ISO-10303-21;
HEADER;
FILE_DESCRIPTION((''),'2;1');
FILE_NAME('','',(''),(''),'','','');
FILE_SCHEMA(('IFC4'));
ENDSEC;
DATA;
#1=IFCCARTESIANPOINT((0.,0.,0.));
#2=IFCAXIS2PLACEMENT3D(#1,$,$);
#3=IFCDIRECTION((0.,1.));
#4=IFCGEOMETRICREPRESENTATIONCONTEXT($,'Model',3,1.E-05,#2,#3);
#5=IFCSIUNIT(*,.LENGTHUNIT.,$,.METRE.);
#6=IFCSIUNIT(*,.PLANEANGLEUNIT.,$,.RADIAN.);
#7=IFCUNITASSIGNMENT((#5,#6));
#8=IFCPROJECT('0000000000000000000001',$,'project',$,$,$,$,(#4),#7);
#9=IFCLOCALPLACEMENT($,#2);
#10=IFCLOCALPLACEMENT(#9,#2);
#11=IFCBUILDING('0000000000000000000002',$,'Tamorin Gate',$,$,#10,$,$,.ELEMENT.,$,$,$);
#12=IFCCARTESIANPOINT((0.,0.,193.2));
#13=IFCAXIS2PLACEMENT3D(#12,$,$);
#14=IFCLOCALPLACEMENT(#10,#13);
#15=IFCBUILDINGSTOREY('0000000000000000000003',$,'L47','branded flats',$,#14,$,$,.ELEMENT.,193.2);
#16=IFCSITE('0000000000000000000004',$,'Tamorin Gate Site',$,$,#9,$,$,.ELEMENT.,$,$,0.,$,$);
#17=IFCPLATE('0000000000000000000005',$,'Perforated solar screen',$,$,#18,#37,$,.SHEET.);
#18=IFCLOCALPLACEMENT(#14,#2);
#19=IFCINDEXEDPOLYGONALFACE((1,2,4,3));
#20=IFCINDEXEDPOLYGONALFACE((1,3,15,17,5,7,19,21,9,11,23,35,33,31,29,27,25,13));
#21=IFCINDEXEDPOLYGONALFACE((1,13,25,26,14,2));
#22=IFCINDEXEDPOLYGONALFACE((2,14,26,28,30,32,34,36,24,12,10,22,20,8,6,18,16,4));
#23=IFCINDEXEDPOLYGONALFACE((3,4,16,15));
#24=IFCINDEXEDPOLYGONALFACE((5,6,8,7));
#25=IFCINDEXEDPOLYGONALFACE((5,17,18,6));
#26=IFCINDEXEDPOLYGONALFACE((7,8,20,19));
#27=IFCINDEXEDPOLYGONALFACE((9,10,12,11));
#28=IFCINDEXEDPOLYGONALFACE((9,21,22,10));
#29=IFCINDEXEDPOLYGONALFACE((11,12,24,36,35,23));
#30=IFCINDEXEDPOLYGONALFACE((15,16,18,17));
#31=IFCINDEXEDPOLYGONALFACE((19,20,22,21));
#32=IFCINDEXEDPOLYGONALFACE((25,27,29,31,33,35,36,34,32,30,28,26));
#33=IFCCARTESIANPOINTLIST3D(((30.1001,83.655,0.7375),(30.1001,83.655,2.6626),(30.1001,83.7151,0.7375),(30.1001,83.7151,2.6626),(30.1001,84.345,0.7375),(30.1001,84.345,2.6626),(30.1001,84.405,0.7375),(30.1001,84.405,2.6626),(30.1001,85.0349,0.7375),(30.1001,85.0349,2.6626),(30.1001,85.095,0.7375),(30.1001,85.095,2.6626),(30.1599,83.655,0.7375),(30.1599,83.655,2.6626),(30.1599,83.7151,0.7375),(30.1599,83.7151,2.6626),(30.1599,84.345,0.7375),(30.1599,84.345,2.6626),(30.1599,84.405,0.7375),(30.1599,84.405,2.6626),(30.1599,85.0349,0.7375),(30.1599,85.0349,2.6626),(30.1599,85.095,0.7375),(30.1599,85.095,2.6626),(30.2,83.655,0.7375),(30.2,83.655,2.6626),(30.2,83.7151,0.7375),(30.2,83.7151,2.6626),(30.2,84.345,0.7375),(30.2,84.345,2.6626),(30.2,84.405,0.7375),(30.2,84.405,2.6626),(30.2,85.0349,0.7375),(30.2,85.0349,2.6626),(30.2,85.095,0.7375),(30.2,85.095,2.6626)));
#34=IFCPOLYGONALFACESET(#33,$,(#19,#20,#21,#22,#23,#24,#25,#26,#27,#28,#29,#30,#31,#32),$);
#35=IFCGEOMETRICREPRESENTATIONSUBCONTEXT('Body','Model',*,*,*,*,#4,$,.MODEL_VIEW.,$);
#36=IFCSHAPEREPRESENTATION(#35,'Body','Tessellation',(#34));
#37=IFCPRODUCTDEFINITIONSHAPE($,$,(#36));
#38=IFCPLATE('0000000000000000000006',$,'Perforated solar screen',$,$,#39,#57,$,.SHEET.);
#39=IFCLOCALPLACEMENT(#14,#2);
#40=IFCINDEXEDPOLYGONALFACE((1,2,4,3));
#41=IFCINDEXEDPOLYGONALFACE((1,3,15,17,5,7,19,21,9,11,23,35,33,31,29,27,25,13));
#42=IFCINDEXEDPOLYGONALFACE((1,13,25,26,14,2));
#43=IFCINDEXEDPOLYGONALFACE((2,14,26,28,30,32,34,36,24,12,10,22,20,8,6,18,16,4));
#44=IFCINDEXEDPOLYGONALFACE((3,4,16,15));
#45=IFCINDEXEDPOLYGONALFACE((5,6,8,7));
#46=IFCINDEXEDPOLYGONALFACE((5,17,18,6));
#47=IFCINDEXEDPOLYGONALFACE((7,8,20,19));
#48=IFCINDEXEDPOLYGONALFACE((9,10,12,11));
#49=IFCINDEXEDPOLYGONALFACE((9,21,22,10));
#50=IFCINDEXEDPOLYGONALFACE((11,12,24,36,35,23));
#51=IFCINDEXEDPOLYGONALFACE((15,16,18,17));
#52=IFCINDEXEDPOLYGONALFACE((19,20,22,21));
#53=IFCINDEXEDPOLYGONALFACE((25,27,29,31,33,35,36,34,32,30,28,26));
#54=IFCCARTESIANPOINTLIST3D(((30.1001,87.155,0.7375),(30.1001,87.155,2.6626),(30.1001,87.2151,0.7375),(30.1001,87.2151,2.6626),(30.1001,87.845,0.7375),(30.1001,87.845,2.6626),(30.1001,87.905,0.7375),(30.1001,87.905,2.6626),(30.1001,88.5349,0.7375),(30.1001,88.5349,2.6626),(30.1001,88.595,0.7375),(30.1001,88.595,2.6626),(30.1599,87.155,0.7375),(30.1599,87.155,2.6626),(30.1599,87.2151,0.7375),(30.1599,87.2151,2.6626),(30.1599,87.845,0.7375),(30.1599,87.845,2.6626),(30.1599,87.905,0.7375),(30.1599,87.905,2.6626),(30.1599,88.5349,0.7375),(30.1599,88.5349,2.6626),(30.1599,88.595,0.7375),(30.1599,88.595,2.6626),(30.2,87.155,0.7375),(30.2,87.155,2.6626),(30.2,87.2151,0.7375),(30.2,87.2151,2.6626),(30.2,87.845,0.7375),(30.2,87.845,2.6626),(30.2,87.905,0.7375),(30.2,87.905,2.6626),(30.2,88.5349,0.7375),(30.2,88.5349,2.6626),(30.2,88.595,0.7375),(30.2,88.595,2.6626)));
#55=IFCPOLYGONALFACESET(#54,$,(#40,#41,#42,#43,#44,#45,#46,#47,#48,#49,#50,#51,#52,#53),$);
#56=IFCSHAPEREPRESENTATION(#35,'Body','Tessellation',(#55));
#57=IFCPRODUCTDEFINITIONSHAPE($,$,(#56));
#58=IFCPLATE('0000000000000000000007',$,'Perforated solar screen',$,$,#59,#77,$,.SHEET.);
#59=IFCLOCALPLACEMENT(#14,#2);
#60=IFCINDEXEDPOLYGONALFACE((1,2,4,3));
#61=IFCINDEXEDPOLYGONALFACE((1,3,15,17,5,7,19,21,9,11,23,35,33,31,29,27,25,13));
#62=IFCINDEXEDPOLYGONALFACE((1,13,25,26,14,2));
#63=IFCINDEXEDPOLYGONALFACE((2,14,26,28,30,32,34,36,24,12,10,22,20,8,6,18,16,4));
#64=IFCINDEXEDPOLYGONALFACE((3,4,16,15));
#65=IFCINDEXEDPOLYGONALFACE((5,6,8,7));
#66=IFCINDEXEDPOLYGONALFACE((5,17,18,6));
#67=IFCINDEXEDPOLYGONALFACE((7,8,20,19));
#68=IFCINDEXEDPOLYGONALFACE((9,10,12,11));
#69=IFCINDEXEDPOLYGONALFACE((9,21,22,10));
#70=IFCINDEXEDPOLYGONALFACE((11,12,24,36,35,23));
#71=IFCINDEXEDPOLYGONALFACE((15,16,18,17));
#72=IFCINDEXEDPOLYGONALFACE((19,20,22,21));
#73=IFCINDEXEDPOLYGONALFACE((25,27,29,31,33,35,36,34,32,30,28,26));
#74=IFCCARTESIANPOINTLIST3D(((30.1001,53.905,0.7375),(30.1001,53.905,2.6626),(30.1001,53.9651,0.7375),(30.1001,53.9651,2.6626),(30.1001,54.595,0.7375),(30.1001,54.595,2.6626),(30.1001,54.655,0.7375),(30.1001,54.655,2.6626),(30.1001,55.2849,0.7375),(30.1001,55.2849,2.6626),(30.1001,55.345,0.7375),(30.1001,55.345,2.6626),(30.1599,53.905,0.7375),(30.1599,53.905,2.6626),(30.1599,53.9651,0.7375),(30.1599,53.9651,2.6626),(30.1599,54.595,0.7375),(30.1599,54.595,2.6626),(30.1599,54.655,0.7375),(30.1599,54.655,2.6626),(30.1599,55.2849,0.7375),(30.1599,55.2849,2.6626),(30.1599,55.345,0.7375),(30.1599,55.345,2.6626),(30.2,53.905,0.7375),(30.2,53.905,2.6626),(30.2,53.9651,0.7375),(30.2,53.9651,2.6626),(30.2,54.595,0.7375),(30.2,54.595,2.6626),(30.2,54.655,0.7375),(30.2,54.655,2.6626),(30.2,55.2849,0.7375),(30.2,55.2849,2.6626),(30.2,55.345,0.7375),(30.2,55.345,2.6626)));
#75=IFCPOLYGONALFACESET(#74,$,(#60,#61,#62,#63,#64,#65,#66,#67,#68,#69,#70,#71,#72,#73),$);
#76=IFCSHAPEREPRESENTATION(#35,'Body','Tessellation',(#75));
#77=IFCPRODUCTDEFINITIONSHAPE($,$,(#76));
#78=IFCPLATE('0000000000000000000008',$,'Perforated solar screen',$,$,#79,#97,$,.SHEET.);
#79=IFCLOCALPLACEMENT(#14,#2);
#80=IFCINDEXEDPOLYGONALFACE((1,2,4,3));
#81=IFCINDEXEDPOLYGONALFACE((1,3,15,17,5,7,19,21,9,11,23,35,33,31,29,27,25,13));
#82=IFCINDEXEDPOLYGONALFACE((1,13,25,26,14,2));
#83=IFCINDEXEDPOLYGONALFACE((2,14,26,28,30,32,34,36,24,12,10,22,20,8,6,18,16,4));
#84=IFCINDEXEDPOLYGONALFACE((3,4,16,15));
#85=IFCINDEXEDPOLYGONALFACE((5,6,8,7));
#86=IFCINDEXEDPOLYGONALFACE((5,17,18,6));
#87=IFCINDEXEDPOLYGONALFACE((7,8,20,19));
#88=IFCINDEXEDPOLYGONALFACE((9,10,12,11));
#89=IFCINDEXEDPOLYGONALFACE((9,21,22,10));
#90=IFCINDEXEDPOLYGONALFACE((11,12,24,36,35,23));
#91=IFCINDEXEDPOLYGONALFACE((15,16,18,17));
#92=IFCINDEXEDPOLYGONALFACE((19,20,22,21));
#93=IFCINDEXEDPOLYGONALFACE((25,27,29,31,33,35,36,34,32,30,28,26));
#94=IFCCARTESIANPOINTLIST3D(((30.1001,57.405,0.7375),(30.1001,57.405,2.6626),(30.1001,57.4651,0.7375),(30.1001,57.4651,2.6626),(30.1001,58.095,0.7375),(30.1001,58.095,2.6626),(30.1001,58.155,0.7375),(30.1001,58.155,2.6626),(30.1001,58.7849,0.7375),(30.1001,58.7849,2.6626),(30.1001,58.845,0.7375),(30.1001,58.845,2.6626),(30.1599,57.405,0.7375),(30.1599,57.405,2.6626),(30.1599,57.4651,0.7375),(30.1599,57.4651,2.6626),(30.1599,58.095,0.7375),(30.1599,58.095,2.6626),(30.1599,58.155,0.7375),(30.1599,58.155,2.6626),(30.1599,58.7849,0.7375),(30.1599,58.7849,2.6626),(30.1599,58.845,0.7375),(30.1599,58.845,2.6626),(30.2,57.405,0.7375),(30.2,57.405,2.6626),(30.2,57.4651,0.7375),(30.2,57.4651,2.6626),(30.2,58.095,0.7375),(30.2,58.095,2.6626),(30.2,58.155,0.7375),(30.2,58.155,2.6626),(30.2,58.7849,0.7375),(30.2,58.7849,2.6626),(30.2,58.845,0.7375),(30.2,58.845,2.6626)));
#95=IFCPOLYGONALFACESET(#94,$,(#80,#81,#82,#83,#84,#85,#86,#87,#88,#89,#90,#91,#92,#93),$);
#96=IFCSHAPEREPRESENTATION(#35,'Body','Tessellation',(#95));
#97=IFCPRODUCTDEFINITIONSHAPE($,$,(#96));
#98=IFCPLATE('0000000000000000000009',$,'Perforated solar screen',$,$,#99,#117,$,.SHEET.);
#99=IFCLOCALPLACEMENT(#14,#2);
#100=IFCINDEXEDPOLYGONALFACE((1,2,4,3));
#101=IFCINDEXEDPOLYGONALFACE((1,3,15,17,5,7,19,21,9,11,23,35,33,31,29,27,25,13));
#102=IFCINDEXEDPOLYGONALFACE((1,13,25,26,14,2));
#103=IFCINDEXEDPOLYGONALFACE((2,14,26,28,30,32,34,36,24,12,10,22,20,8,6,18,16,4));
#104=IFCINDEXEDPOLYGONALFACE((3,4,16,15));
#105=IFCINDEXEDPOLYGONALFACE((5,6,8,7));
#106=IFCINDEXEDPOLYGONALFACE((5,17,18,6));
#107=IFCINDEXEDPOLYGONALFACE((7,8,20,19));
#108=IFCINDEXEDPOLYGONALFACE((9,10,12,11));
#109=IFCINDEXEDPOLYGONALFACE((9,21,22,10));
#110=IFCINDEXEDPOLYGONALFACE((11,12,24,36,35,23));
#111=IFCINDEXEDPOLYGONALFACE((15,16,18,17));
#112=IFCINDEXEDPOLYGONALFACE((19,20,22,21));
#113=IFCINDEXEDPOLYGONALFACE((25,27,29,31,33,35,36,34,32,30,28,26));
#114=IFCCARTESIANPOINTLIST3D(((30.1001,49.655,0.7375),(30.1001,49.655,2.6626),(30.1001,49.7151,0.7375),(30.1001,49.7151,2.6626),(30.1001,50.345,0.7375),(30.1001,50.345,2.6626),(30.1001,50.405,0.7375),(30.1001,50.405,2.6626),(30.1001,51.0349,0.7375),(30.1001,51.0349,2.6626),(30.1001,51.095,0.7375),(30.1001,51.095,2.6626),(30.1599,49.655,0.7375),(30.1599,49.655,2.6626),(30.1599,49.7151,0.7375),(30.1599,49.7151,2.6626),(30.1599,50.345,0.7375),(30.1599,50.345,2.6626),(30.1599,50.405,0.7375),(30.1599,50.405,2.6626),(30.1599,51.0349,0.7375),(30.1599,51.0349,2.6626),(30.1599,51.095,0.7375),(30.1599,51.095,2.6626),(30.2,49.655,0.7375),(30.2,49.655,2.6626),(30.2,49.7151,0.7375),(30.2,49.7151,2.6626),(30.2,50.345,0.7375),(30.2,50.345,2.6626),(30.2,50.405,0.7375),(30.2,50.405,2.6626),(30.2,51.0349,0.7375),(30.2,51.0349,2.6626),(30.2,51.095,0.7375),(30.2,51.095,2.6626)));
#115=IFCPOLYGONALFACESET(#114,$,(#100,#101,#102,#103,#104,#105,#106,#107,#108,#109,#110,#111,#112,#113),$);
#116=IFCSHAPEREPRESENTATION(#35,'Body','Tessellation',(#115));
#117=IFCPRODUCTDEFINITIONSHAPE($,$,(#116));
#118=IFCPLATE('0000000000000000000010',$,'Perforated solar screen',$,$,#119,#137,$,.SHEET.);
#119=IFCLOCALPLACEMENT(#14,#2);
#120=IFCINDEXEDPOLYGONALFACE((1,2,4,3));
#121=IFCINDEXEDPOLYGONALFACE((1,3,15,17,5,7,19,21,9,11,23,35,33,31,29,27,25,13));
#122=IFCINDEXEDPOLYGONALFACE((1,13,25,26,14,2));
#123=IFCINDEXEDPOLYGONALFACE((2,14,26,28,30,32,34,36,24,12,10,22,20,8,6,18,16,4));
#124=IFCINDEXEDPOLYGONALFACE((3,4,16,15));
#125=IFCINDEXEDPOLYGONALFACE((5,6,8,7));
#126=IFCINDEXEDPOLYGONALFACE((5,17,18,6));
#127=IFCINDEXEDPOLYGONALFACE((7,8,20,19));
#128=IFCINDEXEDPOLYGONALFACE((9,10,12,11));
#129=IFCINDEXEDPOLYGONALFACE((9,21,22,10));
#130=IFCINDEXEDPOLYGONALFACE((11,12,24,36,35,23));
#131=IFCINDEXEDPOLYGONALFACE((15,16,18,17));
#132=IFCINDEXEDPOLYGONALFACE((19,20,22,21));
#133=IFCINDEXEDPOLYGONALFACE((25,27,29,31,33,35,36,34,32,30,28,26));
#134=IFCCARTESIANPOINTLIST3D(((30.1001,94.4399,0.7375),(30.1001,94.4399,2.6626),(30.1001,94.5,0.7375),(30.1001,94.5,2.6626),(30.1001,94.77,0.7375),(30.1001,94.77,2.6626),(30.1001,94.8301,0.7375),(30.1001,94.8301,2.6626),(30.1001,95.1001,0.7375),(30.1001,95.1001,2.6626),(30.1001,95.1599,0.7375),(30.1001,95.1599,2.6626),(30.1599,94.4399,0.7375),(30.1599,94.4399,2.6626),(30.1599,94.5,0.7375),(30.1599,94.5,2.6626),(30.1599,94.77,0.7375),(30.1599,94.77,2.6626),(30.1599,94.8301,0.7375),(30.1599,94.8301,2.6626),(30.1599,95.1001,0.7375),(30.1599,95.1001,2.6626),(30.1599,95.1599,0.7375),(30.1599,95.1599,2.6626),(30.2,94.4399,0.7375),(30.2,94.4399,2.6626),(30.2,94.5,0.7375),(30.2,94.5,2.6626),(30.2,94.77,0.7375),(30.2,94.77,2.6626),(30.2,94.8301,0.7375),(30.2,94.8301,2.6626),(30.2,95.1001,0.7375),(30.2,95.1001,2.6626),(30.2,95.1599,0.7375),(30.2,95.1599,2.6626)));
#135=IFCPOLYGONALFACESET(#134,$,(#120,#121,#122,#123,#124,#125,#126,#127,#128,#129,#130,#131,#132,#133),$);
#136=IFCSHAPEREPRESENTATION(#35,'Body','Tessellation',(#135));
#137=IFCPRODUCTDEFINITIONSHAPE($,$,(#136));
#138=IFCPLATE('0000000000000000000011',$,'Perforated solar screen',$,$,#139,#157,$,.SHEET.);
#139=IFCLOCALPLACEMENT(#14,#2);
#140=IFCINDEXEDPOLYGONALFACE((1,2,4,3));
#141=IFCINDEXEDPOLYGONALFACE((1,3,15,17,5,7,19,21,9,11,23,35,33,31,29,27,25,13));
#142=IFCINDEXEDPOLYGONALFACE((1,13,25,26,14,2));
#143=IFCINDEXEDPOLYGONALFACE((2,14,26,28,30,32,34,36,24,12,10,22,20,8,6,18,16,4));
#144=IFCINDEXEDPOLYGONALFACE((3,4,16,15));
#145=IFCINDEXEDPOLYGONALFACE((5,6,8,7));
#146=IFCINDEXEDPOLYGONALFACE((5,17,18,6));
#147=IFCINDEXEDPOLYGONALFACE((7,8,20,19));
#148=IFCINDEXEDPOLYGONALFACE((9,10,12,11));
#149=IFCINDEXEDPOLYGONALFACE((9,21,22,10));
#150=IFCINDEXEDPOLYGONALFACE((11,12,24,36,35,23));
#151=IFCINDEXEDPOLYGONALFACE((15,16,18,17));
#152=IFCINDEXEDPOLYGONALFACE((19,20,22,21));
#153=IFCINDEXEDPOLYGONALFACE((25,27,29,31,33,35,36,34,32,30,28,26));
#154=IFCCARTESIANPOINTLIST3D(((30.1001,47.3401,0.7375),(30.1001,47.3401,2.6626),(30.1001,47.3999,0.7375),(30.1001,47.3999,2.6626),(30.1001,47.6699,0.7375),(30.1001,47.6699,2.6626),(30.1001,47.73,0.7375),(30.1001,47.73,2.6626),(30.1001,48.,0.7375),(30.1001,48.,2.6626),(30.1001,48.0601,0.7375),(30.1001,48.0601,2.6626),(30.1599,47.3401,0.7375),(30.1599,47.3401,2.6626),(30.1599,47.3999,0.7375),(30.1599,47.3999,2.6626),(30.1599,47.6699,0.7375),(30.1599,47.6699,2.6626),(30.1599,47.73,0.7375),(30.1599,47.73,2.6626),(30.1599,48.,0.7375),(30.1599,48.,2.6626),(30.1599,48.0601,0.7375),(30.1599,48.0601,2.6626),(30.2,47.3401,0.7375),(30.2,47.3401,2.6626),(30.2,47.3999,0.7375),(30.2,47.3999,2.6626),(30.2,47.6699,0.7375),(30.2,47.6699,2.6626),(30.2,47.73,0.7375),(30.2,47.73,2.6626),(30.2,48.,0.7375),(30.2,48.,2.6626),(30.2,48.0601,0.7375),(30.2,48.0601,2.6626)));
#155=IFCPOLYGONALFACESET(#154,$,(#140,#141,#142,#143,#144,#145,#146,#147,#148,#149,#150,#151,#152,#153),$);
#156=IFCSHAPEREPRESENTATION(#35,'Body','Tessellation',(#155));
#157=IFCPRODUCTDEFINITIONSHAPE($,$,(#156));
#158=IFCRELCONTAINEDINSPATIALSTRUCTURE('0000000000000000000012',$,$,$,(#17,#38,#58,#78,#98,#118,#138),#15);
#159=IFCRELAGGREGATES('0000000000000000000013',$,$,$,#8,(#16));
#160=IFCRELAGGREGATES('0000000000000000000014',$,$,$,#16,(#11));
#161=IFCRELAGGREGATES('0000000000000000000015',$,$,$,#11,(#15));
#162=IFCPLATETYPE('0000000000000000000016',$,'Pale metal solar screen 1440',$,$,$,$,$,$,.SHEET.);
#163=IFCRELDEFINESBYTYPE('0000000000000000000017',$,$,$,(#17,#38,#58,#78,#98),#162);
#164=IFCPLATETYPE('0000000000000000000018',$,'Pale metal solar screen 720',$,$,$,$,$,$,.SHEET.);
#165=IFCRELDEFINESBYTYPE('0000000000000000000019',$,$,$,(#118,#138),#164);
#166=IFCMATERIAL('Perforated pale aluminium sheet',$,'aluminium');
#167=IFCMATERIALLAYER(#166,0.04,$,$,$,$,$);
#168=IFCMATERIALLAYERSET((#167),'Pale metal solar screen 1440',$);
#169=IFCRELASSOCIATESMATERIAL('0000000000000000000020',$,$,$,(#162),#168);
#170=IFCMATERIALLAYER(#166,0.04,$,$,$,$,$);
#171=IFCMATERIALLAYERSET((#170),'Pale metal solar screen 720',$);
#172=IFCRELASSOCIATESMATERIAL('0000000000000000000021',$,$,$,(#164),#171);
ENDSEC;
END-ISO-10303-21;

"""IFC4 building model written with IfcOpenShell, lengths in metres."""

from ifc_helpers import new_model, si_unit, direction, frame, origin, place, context, subcontext, project, spatial, polyline, outline, extrude, material, layer, layer_set, type_object, element, save


model = new_model("IFC4")

# Units and contexts
model_context = context("Model", 3, precision=1e-05, world=origin(), true_north=direction((0.0, 1.0)))
body_context = subcontext(model_context, "Body", "Model", "MODEL_VIEW")
ifc_project = project(units=[si_unit("LENGTHUNIT", "METRE"), si_unit("PLANEANGLEUNIT", "RADIAN")], contexts=[model_context])

# Site, building, storey
site_placement = place(None, origin())
site = spatial("IfcSite", under=ifc_project, at=site_placement, Name="Tamorin Gate Site", CompositionType="ELEMENT", RefElevation=0.0)
building_placement = place(site_placement, origin())
building = spatial("IfcBuilding", under=site, at=building_placement, Name="Tamorin Gate", CompositionType="ELEMENT")
storey_placement = place(building_placement, frame((0.0, 0.0, 193.2)))
storey = spatial("IfcBuildingStorey", under=building, at=storey_placement, Name="L47", Description="branded flats", CompositionType="ELEMENT", Elevation=193.2)

# Plates
ifc_material_1 = material(Name="Perforated pale aluminium sheet", Category="aluminium")
ifc_layer_1 = layer(ifc_material_1, 0.04)
ifc_layer_set_1 = layer_set([ifc_layer_1], Name="Pale metal solar screen 1440")
plate_type_1 = type_object("IfcPlateType", Name="Pale metal solar screen 1440", PredefinedType="SHEET", material=ifc_layer_set_1)
plate_1_placement = place(storey_placement, frame((0.0, 0.0, 0.7375)))
element("IfcPlate", 1, at=plate_1_placement, inside=storey, type_object=plate_type_1, Name="Perforated solar screen", PredefinedType="SHEET", context=body_context, shape_type="SweptSolid", body=[
    extrude(outline(polyline([(30.1599, 85.095), (30.2, 85.095), (30.2, 85.0349), (30.2, 84.405), (30.2, 84.345), (30.2, 83.7151), (30.2, 83.655), (30.1599, 83.655), (30.1001, 83.655), (30.1001, 83.7151), (30.1599, 83.7151), (30.1599, 84.345), (30.1001, 84.345), (30.1001, 84.405), (30.1599, 84.405), (30.1599, 85.0349), (30.1001, 85.0349), (30.1001, 85.095), (30.1599, 85.095)])), origin(), (0.0, 0.0, 1.0), 1.925),
])
plate_2_placement = place(storey_placement, frame((0.0, 0.0, 0.7375)))
element("IfcPlate", 2, at=plate_2_placement, inside=storey, type_object=plate_type_1, Name="Perforated solar screen", PredefinedType="SHEET", context=body_context, shape_type="SweptSolid", body=[
    extrude(outline(polyline([(30.1599, 88.595), (30.2, 88.595), (30.2, 88.5349), (30.2, 87.905), (30.2, 87.845), (30.2, 87.2151), (30.2, 87.155), (30.1599, 87.155), (30.1001, 87.155), (30.1001, 87.2151), (30.1599, 87.2151), (30.1599, 87.845), (30.1001, 87.845), (30.1001, 87.905), (30.1599, 87.905), (30.1599, 88.5349), (30.1001, 88.5349), (30.1001, 88.595), (30.1599, 88.595)])), origin(), (0.0, 0.0, 1.0), 1.925),
])
plate_3_placement = place(storey_placement, frame((0.0, 0.0, 0.7375)))
element("IfcPlate", 3, at=plate_3_placement, inside=storey, type_object=plate_type_1, Name="Perforated solar screen", PredefinedType="SHEET", context=body_context, shape_type="SweptSolid", body=[
    extrude(outline(polyline([(30.1599, 55.345), (30.2, 55.345), (30.2, 55.2849), (30.2, 54.655), (30.2, 54.595), (30.2, 53.9651), (30.2, 53.905), (30.1599, 53.905), (30.1001, 53.905), (30.1001, 53.9651), (30.1599, 53.9651), (30.1599, 54.595), (30.1001, 54.595), (30.1001, 54.655), (30.1599, 54.655), (30.1599, 55.2849), (30.1001, 55.2849), (30.1001, 55.345), (30.1599, 55.345)])), origin(), (0.0, 0.0, 1.0), 1.925),
])
plate_4_placement = place(storey_placement, frame((0.0, 0.0, 0.7375)))
element("IfcPlate", 4, at=plate_4_placement, inside=storey, type_object=plate_type_1, Name="Perforated solar screen", PredefinedType="SHEET", context=body_context, shape_type="SweptSolid", body=[
    extrude(outline(polyline([(30.1599, 58.845), (30.2, 58.845), (30.2, 58.7849), (30.2, 58.155), (30.2, 58.095), (30.2, 57.4651), (30.2, 57.405), (30.1599, 57.405), (30.1001, 57.405), (30.1001, 57.4651), (30.1599, 57.4651), (30.1599, 58.095), (30.1001, 58.095), (30.1001, 58.155), (30.1599, 58.155), (30.1599, 58.7849), (30.1001, 58.7849), (30.1001, 58.845), (30.1599, 58.845)])), origin(), (0.0, 0.0, 1.0), 1.925),
])
plate_5_placement = place(storey_placement, frame((0.0, 0.0, 0.7375)))
element("IfcPlate", 5, at=plate_5_placement, inside=storey, type_object=plate_type_1, Name="Perforated solar screen", PredefinedType="SHEET", context=body_context, shape_type="SweptSolid", body=[
    extrude(outline(polyline([(30.1599, 51.095), (30.2, 51.095), (30.2, 51.0349), (30.2, 50.405), (30.2, 50.345), (30.2, 49.7151), (30.2, 49.655), (30.1599, 49.655), (30.1001, 49.655), (30.1001, 49.7151), (30.1599, 49.7151), (30.1599, 50.345), (30.1001, 50.345), (30.1001, 50.405), (30.1599, 50.405), (30.1599, 51.0349), (30.1001, 51.0349), (30.1001, 51.095), (30.1599, 51.095)])), origin(), (0.0, 0.0, 1.0), 1.925),
])
ifc_layer_2 = layer(ifc_material_1, 0.04)
ifc_layer_set_2 = layer_set([ifc_layer_2], Name="Pale metal solar screen 720")
plate_type_2 = type_object("IfcPlateType", Name="Pale metal solar screen 720", PredefinedType="SHEET", material=ifc_layer_set_2)
plate_6_placement = place(storey_placement, frame((0.0, 0.0, 0.7375)))
element("IfcPlate", 6, at=plate_6_placement, inside=storey, type_object=plate_type_2, Name="Perforated solar screen", PredefinedType="SHEET", context=body_context, shape_type="SweptSolid", body=[
    extrude(outline(polyline([(30.1599, 95.1599), (30.2, 95.1599), (30.2, 95.1001), (30.2, 94.8301), (30.2, 94.77), (30.2, 94.5), (30.2, 94.4399), (30.1599, 94.4399), (30.1001, 94.4399), (30.1001, 94.5), (30.1599, 94.5), (30.1599, 94.77), (30.1001, 94.77), (30.1001, 94.8301), (30.1599, 94.8301), (30.1599, 95.1001), (30.1001, 95.1001), (30.1001, 95.1599), (30.1599, 95.1599)])), origin(), (0.0, 0.0, 1.0), 1.925),
])
plate_7_placement = place(storey_placement, frame((0.0, 0.0, 0.7375)))
element("IfcPlate", 7, at=plate_7_placement, inside=storey, type_object=plate_type_2, Name="Perforated solar screen", PredefinedType="SHEET", context=body_context, shape_type="SweptSolid", body=[
    extrude(outline(polyline([(30.1599, 48.0601), (30.2, 48.0601), (30.2, 48.0), (30.2, 47.73), (30.2, 47.6699), (30.2, 47.3999), (30.2, 47.3401), (30.1599, 47.3401), (30.1001, 47.3401), (30.1001, 47.3999), (30.1599, 47.3999), (30.1599, 47.6699), (30.1001, 47.6699), (30.1001, 47.73), (30.1599, 47.73), (30.1599, 48.0), (30.1001, 48.0), (30.1001, 48.0601), (30.1599, 48.0601)])), origin(), (0.0, 0.0, 1.0), 1.925),
])

save(model, "model.ifc")
